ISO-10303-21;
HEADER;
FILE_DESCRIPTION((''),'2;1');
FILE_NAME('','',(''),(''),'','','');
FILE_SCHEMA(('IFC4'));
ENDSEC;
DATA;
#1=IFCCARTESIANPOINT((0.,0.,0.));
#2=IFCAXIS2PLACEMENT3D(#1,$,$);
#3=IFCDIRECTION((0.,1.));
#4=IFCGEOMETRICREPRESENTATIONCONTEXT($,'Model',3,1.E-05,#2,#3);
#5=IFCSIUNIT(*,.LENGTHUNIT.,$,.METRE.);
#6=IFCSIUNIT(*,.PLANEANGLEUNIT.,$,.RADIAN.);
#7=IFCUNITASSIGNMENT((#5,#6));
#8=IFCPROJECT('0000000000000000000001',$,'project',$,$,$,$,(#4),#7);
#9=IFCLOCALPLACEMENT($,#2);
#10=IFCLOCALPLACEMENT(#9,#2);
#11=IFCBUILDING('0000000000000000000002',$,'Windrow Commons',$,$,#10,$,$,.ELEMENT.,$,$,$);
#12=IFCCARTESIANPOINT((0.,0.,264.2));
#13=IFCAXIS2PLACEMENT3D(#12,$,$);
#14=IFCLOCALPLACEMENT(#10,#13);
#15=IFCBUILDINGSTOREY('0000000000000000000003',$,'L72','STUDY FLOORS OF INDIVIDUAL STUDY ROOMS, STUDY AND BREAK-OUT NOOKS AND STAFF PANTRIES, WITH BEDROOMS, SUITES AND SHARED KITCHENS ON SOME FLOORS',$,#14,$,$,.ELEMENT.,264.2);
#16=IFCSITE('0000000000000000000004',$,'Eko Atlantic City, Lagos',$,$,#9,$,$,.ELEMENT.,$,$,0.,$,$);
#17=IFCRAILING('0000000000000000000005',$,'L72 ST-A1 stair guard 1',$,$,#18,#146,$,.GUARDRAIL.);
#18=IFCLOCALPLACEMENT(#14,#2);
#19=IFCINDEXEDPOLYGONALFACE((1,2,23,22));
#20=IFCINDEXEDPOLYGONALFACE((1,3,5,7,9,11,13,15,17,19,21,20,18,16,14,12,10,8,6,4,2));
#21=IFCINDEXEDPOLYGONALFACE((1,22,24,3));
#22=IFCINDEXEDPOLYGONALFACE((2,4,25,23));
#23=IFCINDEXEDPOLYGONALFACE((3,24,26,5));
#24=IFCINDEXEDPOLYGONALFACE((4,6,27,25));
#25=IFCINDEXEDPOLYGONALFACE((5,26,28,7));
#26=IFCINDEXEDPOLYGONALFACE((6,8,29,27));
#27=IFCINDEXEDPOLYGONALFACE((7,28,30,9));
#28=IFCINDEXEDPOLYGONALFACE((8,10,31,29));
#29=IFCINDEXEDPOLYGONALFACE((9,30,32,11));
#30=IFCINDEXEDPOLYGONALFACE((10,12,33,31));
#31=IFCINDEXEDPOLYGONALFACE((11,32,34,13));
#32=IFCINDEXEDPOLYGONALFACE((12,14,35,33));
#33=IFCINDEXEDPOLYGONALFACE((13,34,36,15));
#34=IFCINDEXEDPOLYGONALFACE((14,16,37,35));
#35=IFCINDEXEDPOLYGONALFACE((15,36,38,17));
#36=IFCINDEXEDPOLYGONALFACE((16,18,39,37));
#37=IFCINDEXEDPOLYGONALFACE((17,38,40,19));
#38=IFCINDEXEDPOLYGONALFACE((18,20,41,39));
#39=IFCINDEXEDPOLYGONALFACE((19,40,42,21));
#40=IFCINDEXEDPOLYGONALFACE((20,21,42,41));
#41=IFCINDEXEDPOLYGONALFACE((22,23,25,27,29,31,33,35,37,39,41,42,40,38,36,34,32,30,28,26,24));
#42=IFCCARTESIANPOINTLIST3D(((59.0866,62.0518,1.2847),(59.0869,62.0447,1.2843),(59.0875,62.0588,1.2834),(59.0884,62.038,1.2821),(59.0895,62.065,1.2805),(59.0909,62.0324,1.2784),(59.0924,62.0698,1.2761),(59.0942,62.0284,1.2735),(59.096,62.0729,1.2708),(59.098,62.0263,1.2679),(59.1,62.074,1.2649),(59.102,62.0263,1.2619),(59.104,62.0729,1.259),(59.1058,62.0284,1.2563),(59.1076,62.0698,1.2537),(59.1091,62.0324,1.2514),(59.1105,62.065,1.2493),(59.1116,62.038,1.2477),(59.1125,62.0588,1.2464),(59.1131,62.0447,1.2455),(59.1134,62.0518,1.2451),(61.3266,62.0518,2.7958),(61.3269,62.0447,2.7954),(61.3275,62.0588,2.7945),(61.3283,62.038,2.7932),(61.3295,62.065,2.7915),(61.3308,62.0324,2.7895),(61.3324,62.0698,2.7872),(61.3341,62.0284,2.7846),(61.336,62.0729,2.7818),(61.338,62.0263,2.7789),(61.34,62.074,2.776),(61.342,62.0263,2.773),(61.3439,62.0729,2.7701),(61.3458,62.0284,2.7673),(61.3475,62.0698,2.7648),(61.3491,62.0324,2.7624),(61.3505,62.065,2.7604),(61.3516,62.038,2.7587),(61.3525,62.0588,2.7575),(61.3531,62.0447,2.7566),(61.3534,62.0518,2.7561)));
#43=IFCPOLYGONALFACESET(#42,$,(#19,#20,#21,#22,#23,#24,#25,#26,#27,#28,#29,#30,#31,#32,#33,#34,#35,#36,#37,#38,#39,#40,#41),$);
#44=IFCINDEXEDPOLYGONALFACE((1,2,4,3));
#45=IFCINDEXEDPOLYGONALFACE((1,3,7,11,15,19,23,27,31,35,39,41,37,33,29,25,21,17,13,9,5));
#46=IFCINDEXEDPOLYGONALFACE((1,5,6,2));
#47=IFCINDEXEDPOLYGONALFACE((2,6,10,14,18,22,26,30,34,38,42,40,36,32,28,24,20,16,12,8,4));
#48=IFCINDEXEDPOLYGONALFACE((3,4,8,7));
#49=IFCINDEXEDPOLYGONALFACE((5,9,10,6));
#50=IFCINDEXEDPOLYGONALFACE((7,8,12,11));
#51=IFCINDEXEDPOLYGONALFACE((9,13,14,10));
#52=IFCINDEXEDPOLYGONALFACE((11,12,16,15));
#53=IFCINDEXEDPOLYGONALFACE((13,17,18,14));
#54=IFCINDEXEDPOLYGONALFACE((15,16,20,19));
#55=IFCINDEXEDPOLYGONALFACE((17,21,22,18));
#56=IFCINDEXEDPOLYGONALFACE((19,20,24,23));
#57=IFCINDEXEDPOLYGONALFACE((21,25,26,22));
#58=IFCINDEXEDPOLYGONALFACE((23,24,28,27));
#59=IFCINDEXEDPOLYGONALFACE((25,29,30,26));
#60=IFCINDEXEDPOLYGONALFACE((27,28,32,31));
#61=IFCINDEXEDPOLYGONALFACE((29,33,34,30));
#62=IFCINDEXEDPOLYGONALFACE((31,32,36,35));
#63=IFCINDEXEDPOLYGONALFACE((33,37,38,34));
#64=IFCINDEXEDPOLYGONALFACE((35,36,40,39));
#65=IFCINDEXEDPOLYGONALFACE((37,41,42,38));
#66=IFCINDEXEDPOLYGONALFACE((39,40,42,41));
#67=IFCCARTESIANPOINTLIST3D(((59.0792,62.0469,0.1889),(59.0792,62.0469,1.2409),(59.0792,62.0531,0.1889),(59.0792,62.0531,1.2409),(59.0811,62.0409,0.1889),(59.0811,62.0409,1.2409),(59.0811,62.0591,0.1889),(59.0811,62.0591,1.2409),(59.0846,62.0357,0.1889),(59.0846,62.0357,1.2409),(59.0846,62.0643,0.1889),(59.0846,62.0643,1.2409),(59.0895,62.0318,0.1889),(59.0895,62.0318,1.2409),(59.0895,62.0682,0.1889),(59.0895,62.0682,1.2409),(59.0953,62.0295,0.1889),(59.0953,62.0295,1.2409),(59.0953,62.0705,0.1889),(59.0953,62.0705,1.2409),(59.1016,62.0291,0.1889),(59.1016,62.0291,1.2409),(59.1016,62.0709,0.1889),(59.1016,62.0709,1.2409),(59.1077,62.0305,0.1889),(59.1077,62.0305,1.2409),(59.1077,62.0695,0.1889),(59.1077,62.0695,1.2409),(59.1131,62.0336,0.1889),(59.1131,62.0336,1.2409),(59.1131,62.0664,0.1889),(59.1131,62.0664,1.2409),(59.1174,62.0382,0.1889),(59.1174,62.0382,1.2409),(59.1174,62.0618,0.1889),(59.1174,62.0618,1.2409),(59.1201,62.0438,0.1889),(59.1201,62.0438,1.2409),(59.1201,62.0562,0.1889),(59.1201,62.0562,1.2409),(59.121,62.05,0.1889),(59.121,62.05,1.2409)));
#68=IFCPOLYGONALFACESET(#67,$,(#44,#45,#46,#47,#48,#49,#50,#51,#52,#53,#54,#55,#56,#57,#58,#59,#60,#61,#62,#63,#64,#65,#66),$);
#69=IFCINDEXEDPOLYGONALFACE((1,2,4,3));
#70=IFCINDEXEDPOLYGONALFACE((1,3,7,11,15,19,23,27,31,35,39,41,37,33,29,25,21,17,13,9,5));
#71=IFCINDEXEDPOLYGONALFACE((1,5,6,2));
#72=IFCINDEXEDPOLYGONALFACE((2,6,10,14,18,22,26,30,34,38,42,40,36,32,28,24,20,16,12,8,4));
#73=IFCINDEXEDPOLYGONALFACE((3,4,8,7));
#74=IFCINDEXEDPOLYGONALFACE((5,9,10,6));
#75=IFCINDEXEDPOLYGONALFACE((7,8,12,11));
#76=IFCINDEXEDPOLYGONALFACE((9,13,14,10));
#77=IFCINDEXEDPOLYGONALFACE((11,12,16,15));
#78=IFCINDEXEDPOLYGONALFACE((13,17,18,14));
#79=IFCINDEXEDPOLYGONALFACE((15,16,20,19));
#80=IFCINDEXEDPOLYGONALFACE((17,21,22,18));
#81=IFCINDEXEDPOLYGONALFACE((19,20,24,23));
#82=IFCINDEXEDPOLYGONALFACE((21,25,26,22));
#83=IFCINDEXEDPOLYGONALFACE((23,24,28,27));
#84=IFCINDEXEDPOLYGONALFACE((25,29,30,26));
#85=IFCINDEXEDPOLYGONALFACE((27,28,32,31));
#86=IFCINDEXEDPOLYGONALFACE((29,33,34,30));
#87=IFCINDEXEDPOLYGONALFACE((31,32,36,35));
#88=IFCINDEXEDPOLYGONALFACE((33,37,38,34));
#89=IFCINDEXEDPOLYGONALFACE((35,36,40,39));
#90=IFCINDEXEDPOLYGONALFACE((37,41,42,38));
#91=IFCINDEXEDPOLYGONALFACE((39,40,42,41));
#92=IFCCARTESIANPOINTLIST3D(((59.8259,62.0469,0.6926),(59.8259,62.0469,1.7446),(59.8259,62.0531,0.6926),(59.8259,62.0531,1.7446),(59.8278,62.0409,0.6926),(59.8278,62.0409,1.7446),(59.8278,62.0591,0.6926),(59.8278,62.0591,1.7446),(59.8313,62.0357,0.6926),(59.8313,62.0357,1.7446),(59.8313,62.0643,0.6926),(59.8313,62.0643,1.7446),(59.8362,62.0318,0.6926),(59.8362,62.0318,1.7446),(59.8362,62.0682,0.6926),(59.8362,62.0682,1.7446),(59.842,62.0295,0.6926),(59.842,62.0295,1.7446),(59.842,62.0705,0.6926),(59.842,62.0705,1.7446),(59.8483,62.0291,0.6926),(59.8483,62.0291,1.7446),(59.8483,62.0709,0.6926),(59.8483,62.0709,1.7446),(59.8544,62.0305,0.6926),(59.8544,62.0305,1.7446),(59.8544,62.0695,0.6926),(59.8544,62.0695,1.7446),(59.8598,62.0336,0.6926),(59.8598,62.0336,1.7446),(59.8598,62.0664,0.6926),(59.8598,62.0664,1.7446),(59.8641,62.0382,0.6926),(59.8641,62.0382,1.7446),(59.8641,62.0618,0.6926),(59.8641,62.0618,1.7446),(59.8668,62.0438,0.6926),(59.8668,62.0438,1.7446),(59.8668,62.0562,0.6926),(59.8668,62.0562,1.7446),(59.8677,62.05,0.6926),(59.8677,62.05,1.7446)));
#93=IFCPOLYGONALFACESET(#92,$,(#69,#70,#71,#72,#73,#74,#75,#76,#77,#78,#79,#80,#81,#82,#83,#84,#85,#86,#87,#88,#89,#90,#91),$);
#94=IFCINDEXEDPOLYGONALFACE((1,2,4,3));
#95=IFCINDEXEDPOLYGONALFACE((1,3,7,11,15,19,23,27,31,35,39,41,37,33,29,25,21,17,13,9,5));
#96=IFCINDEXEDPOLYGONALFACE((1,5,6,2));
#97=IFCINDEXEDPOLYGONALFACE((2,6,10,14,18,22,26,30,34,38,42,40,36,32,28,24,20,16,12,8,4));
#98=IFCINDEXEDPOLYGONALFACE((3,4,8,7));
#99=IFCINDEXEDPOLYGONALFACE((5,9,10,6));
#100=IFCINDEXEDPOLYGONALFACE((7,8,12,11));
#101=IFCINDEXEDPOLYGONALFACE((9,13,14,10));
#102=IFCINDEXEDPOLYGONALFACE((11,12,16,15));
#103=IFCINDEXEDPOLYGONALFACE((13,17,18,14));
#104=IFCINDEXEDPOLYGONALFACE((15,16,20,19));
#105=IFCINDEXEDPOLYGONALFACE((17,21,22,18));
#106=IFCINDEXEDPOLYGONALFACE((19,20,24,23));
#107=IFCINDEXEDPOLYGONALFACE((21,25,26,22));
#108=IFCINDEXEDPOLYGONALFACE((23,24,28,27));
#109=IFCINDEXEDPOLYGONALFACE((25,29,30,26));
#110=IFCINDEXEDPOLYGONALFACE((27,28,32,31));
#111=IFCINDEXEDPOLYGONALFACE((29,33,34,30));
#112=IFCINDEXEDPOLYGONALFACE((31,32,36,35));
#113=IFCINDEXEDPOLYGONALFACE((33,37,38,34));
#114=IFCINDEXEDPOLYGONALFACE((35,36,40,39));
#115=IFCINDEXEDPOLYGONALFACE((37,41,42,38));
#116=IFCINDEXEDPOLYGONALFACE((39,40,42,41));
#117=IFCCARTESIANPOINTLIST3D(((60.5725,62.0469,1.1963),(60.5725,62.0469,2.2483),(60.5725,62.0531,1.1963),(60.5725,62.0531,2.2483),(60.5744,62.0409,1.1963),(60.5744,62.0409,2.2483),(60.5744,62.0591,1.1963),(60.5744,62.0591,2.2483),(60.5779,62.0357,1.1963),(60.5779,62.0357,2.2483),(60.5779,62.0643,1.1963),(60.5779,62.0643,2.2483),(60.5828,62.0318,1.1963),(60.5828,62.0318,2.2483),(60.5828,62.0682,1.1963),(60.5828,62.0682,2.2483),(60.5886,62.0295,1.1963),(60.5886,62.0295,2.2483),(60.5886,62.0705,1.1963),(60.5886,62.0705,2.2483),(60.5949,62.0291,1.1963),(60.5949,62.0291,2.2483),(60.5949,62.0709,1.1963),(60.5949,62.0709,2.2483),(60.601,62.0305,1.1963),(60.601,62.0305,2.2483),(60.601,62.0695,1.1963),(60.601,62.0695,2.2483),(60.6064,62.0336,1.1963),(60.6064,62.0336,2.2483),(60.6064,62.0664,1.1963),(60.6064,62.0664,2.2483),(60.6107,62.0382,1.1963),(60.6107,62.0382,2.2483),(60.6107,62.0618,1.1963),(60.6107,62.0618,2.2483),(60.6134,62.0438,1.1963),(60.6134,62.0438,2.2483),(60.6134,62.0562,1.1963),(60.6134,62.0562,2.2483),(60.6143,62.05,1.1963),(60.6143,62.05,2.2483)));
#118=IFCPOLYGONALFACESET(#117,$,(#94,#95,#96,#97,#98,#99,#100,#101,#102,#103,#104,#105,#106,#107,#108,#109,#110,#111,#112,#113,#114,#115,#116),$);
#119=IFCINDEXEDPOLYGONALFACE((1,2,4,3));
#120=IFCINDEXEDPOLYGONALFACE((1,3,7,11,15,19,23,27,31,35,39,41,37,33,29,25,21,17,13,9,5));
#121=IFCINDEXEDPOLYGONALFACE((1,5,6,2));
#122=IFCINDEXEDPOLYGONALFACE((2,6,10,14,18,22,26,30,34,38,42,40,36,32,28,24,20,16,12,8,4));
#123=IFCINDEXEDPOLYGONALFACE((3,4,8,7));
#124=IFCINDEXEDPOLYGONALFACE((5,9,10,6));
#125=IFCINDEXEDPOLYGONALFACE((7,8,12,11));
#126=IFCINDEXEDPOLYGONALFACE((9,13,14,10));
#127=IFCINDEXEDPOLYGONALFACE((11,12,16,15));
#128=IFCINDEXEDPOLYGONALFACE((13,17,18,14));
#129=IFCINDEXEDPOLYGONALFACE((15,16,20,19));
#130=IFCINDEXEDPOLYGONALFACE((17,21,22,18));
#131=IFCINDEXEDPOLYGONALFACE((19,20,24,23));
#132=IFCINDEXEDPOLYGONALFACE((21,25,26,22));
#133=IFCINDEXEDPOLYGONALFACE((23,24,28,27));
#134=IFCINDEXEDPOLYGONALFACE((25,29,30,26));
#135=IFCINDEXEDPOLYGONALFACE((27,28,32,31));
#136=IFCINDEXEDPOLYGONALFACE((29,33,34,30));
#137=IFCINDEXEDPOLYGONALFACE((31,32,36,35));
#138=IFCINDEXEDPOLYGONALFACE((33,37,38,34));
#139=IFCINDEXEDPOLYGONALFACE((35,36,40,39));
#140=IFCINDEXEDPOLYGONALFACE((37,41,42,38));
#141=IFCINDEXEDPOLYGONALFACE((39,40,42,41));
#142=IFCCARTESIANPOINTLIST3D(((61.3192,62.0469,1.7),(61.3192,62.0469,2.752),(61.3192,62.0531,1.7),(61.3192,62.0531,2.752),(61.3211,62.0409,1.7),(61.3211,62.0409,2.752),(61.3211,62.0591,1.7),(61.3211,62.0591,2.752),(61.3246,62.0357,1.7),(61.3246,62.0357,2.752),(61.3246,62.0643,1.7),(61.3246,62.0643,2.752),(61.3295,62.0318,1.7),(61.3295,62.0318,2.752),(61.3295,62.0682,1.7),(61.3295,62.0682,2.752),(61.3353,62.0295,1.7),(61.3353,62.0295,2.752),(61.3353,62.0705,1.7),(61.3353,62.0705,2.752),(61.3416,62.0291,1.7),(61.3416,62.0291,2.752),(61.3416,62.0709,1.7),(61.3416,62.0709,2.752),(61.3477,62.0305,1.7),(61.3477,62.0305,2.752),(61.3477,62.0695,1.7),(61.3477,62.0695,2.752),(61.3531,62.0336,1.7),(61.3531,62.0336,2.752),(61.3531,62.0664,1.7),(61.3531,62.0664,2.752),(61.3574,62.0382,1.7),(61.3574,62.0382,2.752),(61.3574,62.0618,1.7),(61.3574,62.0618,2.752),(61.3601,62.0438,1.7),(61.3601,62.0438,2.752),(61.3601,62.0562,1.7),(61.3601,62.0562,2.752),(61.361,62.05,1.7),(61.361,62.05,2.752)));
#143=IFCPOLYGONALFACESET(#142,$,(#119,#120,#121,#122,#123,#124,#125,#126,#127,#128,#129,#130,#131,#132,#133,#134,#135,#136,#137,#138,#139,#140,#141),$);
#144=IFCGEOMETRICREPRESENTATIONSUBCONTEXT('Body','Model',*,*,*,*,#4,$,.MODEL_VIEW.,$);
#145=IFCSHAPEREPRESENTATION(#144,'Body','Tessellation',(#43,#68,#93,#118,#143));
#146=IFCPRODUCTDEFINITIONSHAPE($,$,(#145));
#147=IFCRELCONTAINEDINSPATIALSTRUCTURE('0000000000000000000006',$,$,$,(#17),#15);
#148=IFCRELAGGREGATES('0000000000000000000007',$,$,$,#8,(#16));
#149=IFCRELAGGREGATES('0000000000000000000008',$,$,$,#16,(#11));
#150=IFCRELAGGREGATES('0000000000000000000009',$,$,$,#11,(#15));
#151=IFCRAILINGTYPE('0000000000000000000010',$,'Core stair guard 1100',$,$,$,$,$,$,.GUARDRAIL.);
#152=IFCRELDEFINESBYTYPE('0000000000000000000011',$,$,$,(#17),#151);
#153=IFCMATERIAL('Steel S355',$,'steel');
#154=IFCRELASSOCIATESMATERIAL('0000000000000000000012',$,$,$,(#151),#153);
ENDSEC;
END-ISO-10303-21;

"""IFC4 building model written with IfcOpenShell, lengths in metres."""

from ifc_helpers import new_model, si_unit, direction, frame, origin, origin_2d, place, context, subcontext, project, spatial, circle, extrude, material, type_object, element, save


model = new_model("IFC4")

# Units and contexts
model_context = context("Model", 3, precision=1e-05, world=origin(), true_north=direction((0.0, 1.0)))
body_context = subcontext(model_context, "Body", "Model", "MODEL_VIEW")
ifc_project = project(units=[si_unit("LENGTHUNIT", "METRE"), si_unit("PLANEANGLEUNIT", "RADIAN")], contexts=[model_context])

# Site, building, storey
site_placement = place(None, origin())
site = spatial("IfcSite", under=ifc_project, at=site_placement, Name="Eko Atlantic City, Lagos", CompositionType="ELEMENT", RefElevation=0.0)
building_placement = place(site_placement, origin())
building = spatial("IfcBuilding", under=site, at=building_placement, Name="Windrow Commons", CompositionType="ELEMENT")
storey_placement = place(building_placement, frame((0.0, 0.0, 264.2)))
storey = spatial("IfcBuildingStorey", under=building, at=storey_placement, Name="L72", Description="STUDY FLOORS OF INDIVIDUAL STUDY ROOMS, STUDY AND BREAK-OUT NOOKS AND STAFF PANTRIES, WITH BEDROOMS, SUITES AND SHARED KITCHENS ON SOME FLOORS", CompositionType="ELEMENT", Elevation=264.2)

# Railing
ifc_material_1 = material(Name="Steel S355", Category="steel")
railing_type_1 = type_object("IfcRailingType", Name="Core stair guard 1100", PredefinedType="GUARDRAIL", material=ifc_material_1)
railing_1_placement = place(storey_placement, frame((59.1, 62.05, 0.1889)))
element("IfcRailing", 1, at=railing_1_placement, inside=storey, type_object=railing_type_1, Name="L72 ST-A1 stair guard 1", PredefinedType="GUARDRAIL", context=body_context, shape_type="SweptSolid", body=[
    extrude(circle(Radius=0.024, at=origin_2d()), frame((0.0, 0.0, 1.076), z_axis=(0.829003, 0.0, 0.559244), x_axis=(0.0, 1.0, 0.0)), (0.0, 0.0, 1.0), 2.702),
    extrude(circle(Radius=0.021, at=origin_2d()), origin(), (0.0, 0.0, 1.0), 1.052),
    extrude(circle(Radius=0.021, at=origin_2d()), frame((0.7467, 0.0, 0.5037)), (0.0, 0.0, 1.0), 1.052),
    extrude(circle(Radius=0.021, at=origin_2d()), frame((1.4933, 0.0, 1.0074)), (0.0, 0.0, 1.0), 1.052),
    extrude(circle(Radius=0.021, at=origin_2d()), frame((2.24, 0.0, 1.5111)), (0.0, 0.0, 1.0), 1.052),
])

save(model, "model.ifc")
